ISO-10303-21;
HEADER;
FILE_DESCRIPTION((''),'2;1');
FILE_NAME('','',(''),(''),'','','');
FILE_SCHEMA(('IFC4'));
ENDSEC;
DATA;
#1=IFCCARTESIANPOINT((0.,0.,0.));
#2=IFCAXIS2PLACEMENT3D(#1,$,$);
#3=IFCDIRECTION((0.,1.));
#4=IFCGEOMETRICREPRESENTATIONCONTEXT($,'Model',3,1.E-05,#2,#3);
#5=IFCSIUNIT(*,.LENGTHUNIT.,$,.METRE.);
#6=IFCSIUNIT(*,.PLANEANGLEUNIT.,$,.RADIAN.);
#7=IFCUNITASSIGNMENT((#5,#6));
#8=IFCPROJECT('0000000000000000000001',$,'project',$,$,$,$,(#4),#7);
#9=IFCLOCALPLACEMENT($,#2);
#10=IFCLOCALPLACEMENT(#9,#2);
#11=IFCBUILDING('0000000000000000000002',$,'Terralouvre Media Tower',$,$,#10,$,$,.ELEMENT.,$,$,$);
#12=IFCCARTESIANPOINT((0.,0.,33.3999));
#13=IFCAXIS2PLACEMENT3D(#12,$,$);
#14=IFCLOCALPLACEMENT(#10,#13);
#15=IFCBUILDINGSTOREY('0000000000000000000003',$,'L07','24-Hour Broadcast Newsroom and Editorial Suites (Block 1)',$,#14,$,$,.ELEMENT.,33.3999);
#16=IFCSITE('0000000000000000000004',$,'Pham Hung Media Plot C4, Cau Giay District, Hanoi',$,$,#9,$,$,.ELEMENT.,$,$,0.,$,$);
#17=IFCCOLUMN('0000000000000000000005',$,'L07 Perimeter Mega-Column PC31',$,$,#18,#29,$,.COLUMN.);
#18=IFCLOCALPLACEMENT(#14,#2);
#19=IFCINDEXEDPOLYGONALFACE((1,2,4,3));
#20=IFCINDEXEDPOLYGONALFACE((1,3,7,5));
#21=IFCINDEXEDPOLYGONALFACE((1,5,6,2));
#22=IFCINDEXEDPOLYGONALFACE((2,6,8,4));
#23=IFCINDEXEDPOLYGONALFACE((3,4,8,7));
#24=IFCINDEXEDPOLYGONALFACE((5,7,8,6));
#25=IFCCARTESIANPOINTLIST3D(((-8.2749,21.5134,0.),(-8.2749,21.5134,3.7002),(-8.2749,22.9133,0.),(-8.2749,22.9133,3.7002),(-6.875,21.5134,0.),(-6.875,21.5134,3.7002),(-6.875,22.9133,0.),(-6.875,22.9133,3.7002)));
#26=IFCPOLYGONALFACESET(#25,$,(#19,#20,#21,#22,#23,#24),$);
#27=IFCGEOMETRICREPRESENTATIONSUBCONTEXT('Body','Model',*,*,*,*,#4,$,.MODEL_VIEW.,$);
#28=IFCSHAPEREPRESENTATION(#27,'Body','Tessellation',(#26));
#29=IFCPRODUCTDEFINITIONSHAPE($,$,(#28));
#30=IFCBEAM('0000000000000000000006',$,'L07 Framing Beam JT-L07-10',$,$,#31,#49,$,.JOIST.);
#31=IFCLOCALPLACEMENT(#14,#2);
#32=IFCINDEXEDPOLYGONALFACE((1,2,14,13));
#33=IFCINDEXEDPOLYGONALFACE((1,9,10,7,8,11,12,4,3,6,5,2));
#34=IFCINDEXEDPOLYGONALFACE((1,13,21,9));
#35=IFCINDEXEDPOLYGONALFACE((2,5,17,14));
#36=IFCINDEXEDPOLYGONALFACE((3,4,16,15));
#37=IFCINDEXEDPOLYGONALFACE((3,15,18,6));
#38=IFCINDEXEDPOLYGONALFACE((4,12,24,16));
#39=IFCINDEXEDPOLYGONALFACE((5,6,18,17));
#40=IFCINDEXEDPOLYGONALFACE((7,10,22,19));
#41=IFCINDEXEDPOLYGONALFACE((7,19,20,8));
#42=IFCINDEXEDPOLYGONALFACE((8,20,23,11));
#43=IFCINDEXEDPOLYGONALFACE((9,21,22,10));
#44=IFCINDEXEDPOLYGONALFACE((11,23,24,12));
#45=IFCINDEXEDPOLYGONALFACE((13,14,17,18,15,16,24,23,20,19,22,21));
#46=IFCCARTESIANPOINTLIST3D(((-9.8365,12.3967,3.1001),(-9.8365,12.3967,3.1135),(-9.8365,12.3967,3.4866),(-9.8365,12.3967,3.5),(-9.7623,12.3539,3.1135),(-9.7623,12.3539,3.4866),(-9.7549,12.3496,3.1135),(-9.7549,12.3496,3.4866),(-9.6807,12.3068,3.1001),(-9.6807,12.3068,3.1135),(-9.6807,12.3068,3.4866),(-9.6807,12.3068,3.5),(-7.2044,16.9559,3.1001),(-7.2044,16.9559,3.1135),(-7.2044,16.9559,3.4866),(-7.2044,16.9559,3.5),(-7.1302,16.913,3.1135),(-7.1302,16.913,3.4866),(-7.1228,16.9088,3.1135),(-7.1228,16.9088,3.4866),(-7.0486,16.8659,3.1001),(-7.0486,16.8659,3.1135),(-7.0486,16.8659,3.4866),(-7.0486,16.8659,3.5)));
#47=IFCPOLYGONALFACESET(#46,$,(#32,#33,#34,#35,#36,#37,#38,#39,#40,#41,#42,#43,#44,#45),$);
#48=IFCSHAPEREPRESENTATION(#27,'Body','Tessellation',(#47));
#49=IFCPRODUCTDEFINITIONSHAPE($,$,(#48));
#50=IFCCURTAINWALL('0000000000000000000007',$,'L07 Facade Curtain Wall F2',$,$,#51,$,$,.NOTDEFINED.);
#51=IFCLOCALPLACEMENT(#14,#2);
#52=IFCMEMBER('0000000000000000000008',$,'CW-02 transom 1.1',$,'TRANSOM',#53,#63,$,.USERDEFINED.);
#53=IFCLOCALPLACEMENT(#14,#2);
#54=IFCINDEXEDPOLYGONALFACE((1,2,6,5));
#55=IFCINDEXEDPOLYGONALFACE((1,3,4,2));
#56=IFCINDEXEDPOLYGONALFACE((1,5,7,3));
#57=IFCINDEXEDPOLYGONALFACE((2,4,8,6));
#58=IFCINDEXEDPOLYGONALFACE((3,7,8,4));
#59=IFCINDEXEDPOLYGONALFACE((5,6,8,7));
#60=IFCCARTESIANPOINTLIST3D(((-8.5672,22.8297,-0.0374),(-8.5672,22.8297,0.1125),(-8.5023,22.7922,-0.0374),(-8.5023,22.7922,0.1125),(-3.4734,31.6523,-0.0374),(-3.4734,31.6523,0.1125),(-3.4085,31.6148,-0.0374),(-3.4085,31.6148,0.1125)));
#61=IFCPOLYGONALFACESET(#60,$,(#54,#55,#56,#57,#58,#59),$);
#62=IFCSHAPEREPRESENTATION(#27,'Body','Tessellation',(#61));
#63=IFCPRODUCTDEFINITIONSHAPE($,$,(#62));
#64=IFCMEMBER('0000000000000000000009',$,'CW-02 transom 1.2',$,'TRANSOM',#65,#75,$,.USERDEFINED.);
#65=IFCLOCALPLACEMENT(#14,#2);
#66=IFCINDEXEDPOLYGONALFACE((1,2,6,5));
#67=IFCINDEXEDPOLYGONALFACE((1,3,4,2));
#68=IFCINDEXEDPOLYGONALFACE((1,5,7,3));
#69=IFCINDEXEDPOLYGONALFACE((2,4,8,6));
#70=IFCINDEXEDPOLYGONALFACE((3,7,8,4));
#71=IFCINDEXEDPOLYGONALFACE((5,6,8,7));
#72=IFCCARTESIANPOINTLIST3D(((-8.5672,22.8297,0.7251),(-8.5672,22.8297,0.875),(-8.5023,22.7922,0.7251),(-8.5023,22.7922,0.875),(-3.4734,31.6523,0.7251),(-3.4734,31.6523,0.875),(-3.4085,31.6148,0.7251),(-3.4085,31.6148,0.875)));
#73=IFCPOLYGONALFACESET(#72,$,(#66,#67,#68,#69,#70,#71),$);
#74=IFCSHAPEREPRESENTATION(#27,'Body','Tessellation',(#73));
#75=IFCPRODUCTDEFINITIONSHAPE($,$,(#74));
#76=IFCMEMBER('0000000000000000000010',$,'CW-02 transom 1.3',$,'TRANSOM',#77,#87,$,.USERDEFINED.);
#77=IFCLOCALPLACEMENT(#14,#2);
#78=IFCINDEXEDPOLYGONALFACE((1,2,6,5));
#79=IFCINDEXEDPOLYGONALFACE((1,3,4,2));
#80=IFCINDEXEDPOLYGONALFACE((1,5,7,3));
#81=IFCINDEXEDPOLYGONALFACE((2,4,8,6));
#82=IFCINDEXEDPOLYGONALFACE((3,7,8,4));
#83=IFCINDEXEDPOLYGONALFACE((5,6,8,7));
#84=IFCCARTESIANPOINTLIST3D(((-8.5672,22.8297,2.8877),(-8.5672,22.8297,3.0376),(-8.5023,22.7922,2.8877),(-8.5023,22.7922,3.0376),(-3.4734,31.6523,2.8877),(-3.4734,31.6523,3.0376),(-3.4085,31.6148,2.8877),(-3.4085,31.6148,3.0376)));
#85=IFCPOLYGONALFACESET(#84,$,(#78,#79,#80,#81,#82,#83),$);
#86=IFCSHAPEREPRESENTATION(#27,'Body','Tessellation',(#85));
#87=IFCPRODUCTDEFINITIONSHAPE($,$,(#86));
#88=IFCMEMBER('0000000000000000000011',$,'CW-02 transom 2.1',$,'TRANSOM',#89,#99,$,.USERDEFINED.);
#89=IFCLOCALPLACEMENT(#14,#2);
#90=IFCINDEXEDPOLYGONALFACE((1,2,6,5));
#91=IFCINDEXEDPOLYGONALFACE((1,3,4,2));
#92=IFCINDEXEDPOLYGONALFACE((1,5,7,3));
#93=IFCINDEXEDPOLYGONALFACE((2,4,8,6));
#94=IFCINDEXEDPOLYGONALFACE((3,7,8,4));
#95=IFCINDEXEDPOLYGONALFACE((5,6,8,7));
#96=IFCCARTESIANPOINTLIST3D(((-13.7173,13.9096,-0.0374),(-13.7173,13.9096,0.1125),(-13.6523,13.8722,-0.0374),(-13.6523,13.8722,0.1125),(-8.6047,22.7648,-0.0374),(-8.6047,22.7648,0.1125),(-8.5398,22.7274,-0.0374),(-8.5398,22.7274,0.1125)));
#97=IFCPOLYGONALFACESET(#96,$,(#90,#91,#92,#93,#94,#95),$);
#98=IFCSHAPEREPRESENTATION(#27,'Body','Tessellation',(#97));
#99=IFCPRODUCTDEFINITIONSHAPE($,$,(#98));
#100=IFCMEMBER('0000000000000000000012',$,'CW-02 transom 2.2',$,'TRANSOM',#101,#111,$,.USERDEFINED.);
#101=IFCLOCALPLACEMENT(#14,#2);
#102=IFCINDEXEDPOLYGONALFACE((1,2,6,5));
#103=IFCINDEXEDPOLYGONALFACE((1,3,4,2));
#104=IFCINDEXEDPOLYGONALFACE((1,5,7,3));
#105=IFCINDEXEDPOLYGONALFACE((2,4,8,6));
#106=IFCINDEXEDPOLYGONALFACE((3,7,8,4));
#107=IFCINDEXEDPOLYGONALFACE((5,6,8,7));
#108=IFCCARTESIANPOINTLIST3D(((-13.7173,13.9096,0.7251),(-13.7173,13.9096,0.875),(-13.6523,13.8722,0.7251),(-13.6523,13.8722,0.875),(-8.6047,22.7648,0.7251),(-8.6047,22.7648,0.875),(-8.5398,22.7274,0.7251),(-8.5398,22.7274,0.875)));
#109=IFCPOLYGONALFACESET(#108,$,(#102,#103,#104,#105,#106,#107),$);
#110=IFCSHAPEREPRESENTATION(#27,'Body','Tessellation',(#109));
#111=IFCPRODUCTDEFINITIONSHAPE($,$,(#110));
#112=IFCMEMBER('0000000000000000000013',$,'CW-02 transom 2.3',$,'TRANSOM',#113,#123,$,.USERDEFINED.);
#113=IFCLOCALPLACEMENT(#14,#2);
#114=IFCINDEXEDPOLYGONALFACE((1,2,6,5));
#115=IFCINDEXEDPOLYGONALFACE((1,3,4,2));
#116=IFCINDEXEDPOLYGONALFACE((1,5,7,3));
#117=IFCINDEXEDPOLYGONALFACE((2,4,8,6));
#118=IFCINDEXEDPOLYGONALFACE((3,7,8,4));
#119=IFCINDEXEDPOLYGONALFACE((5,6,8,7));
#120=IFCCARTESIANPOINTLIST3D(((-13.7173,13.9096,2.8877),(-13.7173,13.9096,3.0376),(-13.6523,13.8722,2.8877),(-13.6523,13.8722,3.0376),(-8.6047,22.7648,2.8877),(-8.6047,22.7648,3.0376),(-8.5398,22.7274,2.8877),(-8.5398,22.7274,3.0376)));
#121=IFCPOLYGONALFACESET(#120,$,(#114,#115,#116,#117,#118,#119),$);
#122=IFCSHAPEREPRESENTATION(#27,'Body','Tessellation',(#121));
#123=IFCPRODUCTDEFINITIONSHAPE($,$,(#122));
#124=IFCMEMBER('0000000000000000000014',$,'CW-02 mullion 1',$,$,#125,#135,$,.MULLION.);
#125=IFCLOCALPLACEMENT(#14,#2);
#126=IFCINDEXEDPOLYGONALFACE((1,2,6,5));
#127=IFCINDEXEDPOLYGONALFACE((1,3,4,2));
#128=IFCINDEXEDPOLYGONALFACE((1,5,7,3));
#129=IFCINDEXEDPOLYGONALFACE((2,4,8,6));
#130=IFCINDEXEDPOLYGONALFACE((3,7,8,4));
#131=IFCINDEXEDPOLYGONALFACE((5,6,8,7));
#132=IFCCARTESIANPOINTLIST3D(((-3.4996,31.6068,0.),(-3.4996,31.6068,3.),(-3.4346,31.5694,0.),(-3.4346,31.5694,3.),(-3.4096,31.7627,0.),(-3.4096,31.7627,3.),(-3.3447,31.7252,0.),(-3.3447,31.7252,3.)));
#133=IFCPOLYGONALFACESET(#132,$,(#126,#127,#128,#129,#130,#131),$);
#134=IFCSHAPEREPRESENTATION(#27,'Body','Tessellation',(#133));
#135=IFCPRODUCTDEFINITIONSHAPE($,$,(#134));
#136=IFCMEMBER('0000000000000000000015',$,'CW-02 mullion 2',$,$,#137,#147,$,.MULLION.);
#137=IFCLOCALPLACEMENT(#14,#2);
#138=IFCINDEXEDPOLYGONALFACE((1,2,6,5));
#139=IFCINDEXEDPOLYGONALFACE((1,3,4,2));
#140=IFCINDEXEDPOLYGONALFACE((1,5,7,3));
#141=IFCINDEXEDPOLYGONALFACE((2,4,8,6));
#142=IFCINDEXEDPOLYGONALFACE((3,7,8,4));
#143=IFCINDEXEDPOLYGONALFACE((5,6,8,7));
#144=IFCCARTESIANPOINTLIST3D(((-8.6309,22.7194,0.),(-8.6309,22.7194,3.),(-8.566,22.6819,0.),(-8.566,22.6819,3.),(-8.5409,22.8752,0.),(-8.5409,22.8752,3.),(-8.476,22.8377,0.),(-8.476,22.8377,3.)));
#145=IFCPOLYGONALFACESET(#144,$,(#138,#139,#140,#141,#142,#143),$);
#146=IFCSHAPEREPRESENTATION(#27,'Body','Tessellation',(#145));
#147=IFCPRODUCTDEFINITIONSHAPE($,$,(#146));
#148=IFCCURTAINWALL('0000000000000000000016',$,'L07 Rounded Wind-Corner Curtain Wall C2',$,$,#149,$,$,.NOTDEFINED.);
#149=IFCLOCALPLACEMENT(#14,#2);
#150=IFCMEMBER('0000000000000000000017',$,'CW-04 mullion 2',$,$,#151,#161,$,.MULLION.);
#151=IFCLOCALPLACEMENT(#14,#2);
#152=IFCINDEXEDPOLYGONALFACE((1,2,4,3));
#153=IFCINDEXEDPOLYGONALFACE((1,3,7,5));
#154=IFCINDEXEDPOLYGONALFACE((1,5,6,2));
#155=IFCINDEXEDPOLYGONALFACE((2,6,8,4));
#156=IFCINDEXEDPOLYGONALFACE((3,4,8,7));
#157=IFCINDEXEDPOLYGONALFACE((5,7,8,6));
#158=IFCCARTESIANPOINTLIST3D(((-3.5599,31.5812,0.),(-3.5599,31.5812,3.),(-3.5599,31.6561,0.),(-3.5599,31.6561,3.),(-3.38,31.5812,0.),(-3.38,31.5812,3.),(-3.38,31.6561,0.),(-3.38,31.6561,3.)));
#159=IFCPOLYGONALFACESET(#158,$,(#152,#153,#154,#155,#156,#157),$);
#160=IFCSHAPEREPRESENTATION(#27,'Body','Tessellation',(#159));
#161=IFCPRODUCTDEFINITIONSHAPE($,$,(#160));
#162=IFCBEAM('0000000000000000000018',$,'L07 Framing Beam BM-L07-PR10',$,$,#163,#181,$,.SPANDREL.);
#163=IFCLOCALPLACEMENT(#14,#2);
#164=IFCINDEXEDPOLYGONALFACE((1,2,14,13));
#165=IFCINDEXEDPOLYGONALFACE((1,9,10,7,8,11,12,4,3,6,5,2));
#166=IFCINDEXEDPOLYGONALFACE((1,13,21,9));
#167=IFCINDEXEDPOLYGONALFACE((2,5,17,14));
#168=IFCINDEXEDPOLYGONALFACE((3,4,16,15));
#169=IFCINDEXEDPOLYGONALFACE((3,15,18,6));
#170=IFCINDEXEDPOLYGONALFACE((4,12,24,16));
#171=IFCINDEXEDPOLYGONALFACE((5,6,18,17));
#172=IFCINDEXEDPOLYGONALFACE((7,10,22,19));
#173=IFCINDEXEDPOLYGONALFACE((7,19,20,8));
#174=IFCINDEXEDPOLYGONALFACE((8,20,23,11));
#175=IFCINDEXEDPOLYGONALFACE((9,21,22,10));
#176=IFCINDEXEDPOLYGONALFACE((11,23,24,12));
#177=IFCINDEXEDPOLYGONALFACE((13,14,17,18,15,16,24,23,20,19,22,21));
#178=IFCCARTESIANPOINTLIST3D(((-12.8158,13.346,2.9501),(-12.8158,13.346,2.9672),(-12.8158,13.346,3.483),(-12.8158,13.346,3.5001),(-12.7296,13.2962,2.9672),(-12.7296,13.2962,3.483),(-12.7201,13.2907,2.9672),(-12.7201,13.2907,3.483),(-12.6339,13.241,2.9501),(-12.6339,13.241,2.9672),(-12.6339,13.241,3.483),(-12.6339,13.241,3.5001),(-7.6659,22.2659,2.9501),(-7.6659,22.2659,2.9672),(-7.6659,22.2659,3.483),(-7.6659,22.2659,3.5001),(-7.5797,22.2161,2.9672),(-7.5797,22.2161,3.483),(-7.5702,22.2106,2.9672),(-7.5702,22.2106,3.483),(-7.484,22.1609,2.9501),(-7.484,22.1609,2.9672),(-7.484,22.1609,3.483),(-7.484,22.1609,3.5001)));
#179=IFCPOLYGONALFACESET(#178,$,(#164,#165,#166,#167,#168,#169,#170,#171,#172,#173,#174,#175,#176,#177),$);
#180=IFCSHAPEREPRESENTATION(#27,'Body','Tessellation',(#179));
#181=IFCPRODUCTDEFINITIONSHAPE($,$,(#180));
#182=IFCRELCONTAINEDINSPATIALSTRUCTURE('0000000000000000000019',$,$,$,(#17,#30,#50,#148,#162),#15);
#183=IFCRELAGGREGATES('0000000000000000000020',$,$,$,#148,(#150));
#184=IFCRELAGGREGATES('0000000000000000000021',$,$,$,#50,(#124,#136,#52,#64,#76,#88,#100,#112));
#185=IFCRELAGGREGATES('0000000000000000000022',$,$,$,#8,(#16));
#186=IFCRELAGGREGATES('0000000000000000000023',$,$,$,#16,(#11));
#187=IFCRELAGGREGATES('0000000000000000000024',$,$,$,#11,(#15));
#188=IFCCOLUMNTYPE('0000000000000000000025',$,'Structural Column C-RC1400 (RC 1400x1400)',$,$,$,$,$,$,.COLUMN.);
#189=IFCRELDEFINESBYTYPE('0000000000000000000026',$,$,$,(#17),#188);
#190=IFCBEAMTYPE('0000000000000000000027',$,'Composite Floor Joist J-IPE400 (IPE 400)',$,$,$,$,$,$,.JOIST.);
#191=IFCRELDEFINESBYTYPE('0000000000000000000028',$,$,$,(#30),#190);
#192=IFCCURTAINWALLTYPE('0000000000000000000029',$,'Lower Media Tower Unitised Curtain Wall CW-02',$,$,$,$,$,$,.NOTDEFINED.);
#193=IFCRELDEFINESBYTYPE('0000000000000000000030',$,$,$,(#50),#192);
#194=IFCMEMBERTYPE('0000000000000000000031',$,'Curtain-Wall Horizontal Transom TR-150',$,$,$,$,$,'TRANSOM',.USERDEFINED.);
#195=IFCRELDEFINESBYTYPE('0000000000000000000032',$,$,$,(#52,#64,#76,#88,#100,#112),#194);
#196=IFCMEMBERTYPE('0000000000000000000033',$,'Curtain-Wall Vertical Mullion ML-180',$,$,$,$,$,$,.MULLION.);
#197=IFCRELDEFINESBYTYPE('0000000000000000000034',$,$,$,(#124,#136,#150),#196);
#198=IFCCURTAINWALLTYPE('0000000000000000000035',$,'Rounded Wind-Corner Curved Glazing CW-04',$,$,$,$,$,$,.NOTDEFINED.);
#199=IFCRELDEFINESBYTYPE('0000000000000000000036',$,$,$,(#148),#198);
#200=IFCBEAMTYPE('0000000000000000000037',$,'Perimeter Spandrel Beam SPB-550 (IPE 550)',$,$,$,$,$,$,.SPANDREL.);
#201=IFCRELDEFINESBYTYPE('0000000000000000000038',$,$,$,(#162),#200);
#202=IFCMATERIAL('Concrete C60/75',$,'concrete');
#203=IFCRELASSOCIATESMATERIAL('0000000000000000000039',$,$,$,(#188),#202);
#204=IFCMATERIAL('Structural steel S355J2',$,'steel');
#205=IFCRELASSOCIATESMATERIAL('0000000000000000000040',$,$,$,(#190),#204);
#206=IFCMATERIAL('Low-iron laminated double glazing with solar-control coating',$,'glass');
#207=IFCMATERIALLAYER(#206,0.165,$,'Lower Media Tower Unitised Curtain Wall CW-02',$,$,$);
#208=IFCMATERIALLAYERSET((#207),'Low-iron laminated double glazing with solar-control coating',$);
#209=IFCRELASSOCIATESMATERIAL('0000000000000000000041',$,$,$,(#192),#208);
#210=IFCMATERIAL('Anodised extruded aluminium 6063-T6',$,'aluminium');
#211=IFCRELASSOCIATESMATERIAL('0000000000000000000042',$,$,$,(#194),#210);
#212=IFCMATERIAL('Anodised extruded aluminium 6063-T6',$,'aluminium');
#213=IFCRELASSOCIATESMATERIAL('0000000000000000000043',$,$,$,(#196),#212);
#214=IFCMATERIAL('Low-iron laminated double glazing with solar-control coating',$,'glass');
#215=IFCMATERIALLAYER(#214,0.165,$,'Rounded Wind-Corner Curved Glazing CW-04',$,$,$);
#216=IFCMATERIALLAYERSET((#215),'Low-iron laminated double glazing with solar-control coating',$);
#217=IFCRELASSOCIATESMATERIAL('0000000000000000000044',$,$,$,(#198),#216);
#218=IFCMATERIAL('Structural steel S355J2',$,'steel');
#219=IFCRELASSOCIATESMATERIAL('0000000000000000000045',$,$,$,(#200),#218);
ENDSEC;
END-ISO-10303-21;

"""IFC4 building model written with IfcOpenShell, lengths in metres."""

from ifc_helpers import new_model, si_unit, direction, frame, origin, origin_2d, place, context, subcontext, project, spatial, rectangle, i_section, extrude, material, layer, layer_set, material_profile, profile_set, type_object, element, aggregate, save


model = new_model("IFC4")

# Units and contexts
model_context = context("Model", 3, precision=1e-05, world=origin(), true_north=direction((0.0, 1.0)))
body_context = subcontext(model_context, "Body", "Model", "MODEL_VIEW")
ifc_project = project(units=[si_unit("LENGTHUNIT", "METRE"), si_unit("PLANEANGLEUNIT", "RADIAN")], contexts=[model_context])

# Site, building, storey
site_placement = place(None, origin())
site = spatial("IfcSite", under=ifc_project, at=site_placement, Name="Pham Hung Media Plot C4, Cau Giay District, Hanoi", CompositionType="ELEMENT", RefElevation=0.0)
building_placement = place(site_placement, origin())
building = spatial("IfcBuilding", under=site, at=building_placement, Name="Terralouvre Media Tower", CompositionType="ELEMENT")
storey_placement = place(building_placement, frame((0.0, 0.0, 33.3999)))
storey = spatial("IfcBuildingStorey", under=building, at=storey_placement, Name="L07", Description="24-Hour Broadcast Newsroom and Editorial Suites (Block 1)", CompositionType="ELEMENT", Elevation=33.3999)

# Column
ifc_material_1 = material(Name="Concrete C60/75", Category="concrete")
ifc_material_profile_1 = material_profile(ifc_material_1, rectangle(XDim=1.3999, YDim=1.3999, at=origin_2d()), Name="RC 1400x1400")
ifc_profile_set_1 = profile_set([ifc_material_profile_1], Name="Concrete C60/75")
column_type = type_object("IfcColumnType", Name="Structural Column C-RC1400 (RC 1400x1400)", PredefinedType="COLUMN", material=ifc_profile_set_1)
column_placement = place(storey_placement, frame((-7.575, 22.2134, 0.0), z_axis=(0.0, 0.0, 1.0), x_axis=(1.0, 0.0, 0.0)))
element("IfcColumn", 1, at=column_placement, inside=storey, type_object=column_type, Name="L07 Perimeter Mega-Column PC31", PredefinedType="COLUMN", context=body_context, shape_type="SweptSolid", body=[
    extrude(rectangle(XDim=1.3999, YDim=1.3999, at=origin_2d()), origin(), (0.0, 0.0, 1.0), 3.7002),
])

# Beam
ifc_material_2 = material(Name="Structural steel S355J2", Category="steel")
ifc_material_profile_2 = material_profile(ifc_material_2, i_section(OverallWidth=0.1799, OverallDepth=0.3999, WebThickness=0.0085, FlangeThickness=0.0134, at=origin_2d()), Name="IPE 400")
ifc_profile_set_2 = profile_set([ifc_material_profile_2], Name="Structural steel S355J2")
beam_type_1 = type_object("IfcBeamType", Name="Composite Floor Joist J-IPE400 (IPE 400)", PredefinedType="JOIST", material=ifc_profile_set_2)
beam_1_placement = place(storey_placement, frame((-7.1265, 16.9109, 3.3), z_axis=(-0.499985, -0.866034, 0.0), x_axis=(0.866034, -0.499985, 0.0)))
element("IfcBeam", 2, at=beam_1_placement, inside=storey, type_object=beam_type_1, Name="L07 Framing Beam JT-L07-10", PredefinedType="JOIST", context=body_context, shape_type="SweptSolid", body=[
    extrude(i_section(OverallWidth=0.1799, OverallDepth=0.3999, WebThickness=0.0085, FlangeThickness=0.0134, at=origin_2d()), origin(), (0.0, 0.0, 1.0), 5.2644),
])

# Curtain wall, members
ifc_material_3 = material(Name="Low-iron laminated double glazing with solar-control coating", Category="glass")
ifc_layer_1 = layer(ifc_material_3, 0.165, Name="Lower Media Tower Unitised Curtain Wall CW-02")
ifc_layer_set_1 = layer_set([ifc_layer_1], Name="Low-iron laminated double glazing with solar-control coating")
curtain_wall_type_1 = type_object("IfcCurtainWallType", Name="Lower Media Tower Unitised Curtain Wall CW-02", PredefinedType="NOTDEFINED", material=ifc_layer_set_1)
curtain_wall_1_placement = place(storey_placement, origin())
curtain_wall_1 = element("IfcCurtainWall", 3, at=curtain_wall_1_placement, inside=storey, type_object=curtain_wall_type_1, Name="L07 Facade Curtain Wall F2", PredefinedType="NOTDEFINED")
ifc_material_4 = material(Name="Anodised extruded aluminium 6063-T6", Category="aluminium")
ifc_material_profile_3 = material_profile(ifc_material_4, rectangle(XDim=0.075, YDim=0.1499, at=origin_2d()), Name="ALU 75x150")
ifc_profile_set_3 = profile_set([ifc_material_profile_3], Name="Anodised extruded aluminium 6063-T6")
member_type_1 = type_object("IfcMemberType", Name="Curtain-Wall Horizontal Transom TR-150", ElementType="TRANSOM", PredefinedType="USERDEFINED", material=ifc_profile_set_3)
member_1_placement = place(storey_placement, frame((-3.4409, 31.6335, 0.0376), z_axis=(-0.500005, -0.866022, 0.0), x_axis=(0.866022, -0.500005, 0.0)))
member_1 = element("IfcMember", 4, at=member_1_placement, type_object=member_type_1, Name="CW-02 transom 1.1", ObjectType="TRANSOM", PredefinedType="USERDEFINED", context=body_context, shape_type="SweptSolid", body=[
    extrude(rectangle(XDim=0.075, YDim=0.1499, at=origin_2d()), origin(), (0.0, 0.0, 1.0), 10.1875),
])
member_2_placement = place(storey_placement, frame((-3.4409, 31.6335, 0.8), z_axis=(-0.500005, -0.866022, 0.0), x_axis=(0.866022, -0.500005, 0.0)))
member_2 = element("IfcMember", 5, at=member_2_placement, type_object=member_type_1, Name="CW-02 transom 1.2", ObjectType="TRANSOM", PredefinedType="USERDEFINED", context=body_context, shape_type="SweptSolid", body=[
    extrude(rectangle(XDim=0.075, YDim=0.1499, at=origin_2d()), origin(), (0.0, 0.0, 1.0), 10.1875),
])
member_3_placement = place(storey_placement, frame((-3.4409, 31.6335, 2.9626), z_axis=(-0.500005, -0.866022, 0.0), x_axis=(0.866022, -0.500005, 0.0)))
member_3 = element("IfcMember", 6, at=member_3_placement, type_object=member_type_1, Name="CW-02 transom 1.3", ObjectType="TRANSOM", PredefinedType="USERDEFINED", context=body_context, shape_type="SweptSolid", body=[
    extrude(rectangle(XDim=0.075, YDim=0.1499, at=origin_2d()), origin(), (0.0, 0.0, 1.0), 10.1875),
])
member_4_placement = place(storey_placement, frame((-8.5723, 22.7461, 0.0376), z_axis=(-0.499999, -0.866026, 0.0), x_axis=(0.866026, -0.499999, 0.0)))
member_4 = element("IfcMember", 7, at=member_4_placement, type_object=member_type_1, Name="CW-02 transom 2.1", ObjectType="TRANSOM", PredefinedType="USERDEFINED", context=body_context, shape_type="SweptSolid", body=[
    extrude(rectangle(XDim=0.075, YDim=0.1499, at=origin_2d()), origin(), (0.0, 0.0, 1.0), 10.2251),
])
member_5_placement = place(storey_placement, frame((-8.5723, 22.7461, 0.8), z_axis=(-0.499999, -0.866026, 0.0), x_axis=(0.866026, -0.499999, 0.0)))
member_5 = element("IfcMember", 8, at=member_5_placement, type_object=member_type_1, Name="CW-02 transom 2.2", ObjectType="TRANSOM", PredefinedType="USERDEFINED", context=body_context, shape_type="SweptSolid", body=[
    extrude(rectangle(XDim=0.075, YDim=0.1499, at=origin_2d()), origin(), (0.0, 0.0, 1.0), 10.2251),
])
member_6_placement = place(storey_placement, frame((-8.5723, 22.7461, 2.9626), z_axis=(-0.499999, -0.866026, 0.0), x_axis=(0.866026, -0.499999, 0.0)))
member_6 = element("IfcMember", 9, at=member_6_placement, type_object=member_type_1, Name="CW-02 transom 2.3", ObjectType="TRANSOM", PredefinedType="USERDEFINED", context=body_context, shape_type="SweptSolid", body=[
    extrude(rectangle(XDim=0.075, YDim=0.1499, at=origin_2d()), origin(), (0.0, 0.0, 1.0), 10.2251),
])
ifc_material_5 = material(Name="Anodised extruded aluminium 6063-T6", Category="aluminium")
ifc_material_profile_4 = material_profile(ifc_material_5, rectangle(XDim=0.075, YDim=0.1799, at=origin_2d()), Name="ALU 75x180")
ifc_profile_set_4 = profile_set([ifc_material_profile_4], Name="Anodised extruded aluminium 6063-T6")
member_type_2 = type_object("IfcMemberType", Name="Curtain-Wall Vertical Mullion ML-180", PredefinedType="MULLION", material=ifc_profile_set_4)
member_7_placement = place(storey_placement, frame((-3.4221, 31.666, 0.0), z_axis=(0.0, 0.0, 1.0), x_axis=(0.866025, -0.5, 0.0)))
member_7 = element("IfcMember", 10, at=member_7_placement, type_object=member_type_2, Name="CW-02 mullion 1", PredefinedType="MULLION", context=body_context, shape_type="SweptSolid", body=[
    extrude(rectangle(XDim=0.075, YDim=0.1799, at=origin_2d()), origin(), (0.0, 0.0, 1.0), 3.0),
])
member_8_placement = place(storey_placement, frame((-8.5535, 22.7786, 0.0), z_axis=(0.0, 0.0, 1.0), x_axis=(0.866025, -0.5, 0.0)))
member_8 = element("IfcMember", 11, at=member_8_placement, type_object=member_type_2, Name="CW-02 mullion 2", PredefinedType="MULLION", context=body_context, shape_type="SweptSolid", body=[
    extrude(rectangle(XDim=0.075, YDim=0.1799, at=origin_2d()), origin(), (0.0, 0.0, 1.0), 3.0),
])

# Curtain wall, member
ifc_material_6 = material(Name="Low-iron laminated double glazing with solar-control coating", Category="glass")
ifc_layer_2 = layer(ifc_material_6, 0.165, Name="Rounded Wind-Corner Curved Glazing CW-04")
ifc_layer_set_2 = layer_set([ifc_layer_2], Name="Low-iron laminated double glazing with solar-control coating")
curtain_wall_type_2 = type_object("IfcCurtainWallType", Name="Rounded Wind-Corner Curved Glazing CW-04", PredefinedType="NOTDEFINED", material=ifc_layer_set_2)
curtain_wall_2_placement = place(storey_placement, origin())
curtain_wall_2 = element("IfcCurtainWall", 12, at=curtain_wall_2_placement, inside=storey, type_object=curtain_wall_type_2, Name="L07 Rounded Wind-Corner Curtain Wall C2", PredefinedType="NOTDEFINED")
member_9_placement = place(storey_placement, frame((-3.47, 31.6187, 0.0), z_axis=(0.0, 0.0, 1.0), x_axis=(0.0, -1.0, 0.0)))
member_9 = element("IfcMember", 13, at=member_9_placement, type_object=member_type_2, Name="CW-04 mullion 2", PredefinedType="MULLION", context=body_context, shape_type="SweptSolid", body=[
    extrude(rectangle(XDim=0.075, YDim=0.1799, at=origin_2d()), origin(), (0.0, 0.0, 1.0), 3.0),
])

# Beam
ifc_material_7 = material(Name="Structural steel S355J2", Category="steel")
ifc_material_profile_5 = material_profile(ifc_material_7, i_section(OverallWidth=0.21, OverallDepth=0.55, WebThickness=0.011, FlangeThickness=0.0171, at=origin_2d()), Name="IPE 550")
ifc_profile_set_5 = profile_set([ifc_material_profile_5], Name="Structural steel S355J2")
beam_type_2 = type_object("IfcBeamType", Name="Perimeter Spandrel Beam SPB-550 (IPE 550)", PredefinedType="SPANDREL", material=ifc_profile_set_5)
beam_2_placement = place(storey_placement, frame((-7.575, 22.2134, 3.2251), z_axis=(-0.499999, -0.866026, 0.0), x_axis=(0.866026, -0.499999, 0.0)))
element("IfcBeam", 14, at=beam_2_placement, inside=storey, type_object=beam_type_2, Name="L07 Framing Beam BM-L07-PR10", PredefinedType="SPANDREL", context=body_context, shape_type="SweptSolid", body=[
    extrude(i_section(OverallWidth=0.21, OverallDepth=0.55, WebThickness=0.011, FlangeThickness=0.0171, at=origin_2d()), origin(), (0.0, 0.0, 1.0), 10.2998),
])

aggregate(curtain_wall_2, [member_9])
aggregate(curtain_wall_1, [member_7, member_8, member_1, member_2, member_3, member_4, member_5, member_6])

save(model, "model.ifc")
